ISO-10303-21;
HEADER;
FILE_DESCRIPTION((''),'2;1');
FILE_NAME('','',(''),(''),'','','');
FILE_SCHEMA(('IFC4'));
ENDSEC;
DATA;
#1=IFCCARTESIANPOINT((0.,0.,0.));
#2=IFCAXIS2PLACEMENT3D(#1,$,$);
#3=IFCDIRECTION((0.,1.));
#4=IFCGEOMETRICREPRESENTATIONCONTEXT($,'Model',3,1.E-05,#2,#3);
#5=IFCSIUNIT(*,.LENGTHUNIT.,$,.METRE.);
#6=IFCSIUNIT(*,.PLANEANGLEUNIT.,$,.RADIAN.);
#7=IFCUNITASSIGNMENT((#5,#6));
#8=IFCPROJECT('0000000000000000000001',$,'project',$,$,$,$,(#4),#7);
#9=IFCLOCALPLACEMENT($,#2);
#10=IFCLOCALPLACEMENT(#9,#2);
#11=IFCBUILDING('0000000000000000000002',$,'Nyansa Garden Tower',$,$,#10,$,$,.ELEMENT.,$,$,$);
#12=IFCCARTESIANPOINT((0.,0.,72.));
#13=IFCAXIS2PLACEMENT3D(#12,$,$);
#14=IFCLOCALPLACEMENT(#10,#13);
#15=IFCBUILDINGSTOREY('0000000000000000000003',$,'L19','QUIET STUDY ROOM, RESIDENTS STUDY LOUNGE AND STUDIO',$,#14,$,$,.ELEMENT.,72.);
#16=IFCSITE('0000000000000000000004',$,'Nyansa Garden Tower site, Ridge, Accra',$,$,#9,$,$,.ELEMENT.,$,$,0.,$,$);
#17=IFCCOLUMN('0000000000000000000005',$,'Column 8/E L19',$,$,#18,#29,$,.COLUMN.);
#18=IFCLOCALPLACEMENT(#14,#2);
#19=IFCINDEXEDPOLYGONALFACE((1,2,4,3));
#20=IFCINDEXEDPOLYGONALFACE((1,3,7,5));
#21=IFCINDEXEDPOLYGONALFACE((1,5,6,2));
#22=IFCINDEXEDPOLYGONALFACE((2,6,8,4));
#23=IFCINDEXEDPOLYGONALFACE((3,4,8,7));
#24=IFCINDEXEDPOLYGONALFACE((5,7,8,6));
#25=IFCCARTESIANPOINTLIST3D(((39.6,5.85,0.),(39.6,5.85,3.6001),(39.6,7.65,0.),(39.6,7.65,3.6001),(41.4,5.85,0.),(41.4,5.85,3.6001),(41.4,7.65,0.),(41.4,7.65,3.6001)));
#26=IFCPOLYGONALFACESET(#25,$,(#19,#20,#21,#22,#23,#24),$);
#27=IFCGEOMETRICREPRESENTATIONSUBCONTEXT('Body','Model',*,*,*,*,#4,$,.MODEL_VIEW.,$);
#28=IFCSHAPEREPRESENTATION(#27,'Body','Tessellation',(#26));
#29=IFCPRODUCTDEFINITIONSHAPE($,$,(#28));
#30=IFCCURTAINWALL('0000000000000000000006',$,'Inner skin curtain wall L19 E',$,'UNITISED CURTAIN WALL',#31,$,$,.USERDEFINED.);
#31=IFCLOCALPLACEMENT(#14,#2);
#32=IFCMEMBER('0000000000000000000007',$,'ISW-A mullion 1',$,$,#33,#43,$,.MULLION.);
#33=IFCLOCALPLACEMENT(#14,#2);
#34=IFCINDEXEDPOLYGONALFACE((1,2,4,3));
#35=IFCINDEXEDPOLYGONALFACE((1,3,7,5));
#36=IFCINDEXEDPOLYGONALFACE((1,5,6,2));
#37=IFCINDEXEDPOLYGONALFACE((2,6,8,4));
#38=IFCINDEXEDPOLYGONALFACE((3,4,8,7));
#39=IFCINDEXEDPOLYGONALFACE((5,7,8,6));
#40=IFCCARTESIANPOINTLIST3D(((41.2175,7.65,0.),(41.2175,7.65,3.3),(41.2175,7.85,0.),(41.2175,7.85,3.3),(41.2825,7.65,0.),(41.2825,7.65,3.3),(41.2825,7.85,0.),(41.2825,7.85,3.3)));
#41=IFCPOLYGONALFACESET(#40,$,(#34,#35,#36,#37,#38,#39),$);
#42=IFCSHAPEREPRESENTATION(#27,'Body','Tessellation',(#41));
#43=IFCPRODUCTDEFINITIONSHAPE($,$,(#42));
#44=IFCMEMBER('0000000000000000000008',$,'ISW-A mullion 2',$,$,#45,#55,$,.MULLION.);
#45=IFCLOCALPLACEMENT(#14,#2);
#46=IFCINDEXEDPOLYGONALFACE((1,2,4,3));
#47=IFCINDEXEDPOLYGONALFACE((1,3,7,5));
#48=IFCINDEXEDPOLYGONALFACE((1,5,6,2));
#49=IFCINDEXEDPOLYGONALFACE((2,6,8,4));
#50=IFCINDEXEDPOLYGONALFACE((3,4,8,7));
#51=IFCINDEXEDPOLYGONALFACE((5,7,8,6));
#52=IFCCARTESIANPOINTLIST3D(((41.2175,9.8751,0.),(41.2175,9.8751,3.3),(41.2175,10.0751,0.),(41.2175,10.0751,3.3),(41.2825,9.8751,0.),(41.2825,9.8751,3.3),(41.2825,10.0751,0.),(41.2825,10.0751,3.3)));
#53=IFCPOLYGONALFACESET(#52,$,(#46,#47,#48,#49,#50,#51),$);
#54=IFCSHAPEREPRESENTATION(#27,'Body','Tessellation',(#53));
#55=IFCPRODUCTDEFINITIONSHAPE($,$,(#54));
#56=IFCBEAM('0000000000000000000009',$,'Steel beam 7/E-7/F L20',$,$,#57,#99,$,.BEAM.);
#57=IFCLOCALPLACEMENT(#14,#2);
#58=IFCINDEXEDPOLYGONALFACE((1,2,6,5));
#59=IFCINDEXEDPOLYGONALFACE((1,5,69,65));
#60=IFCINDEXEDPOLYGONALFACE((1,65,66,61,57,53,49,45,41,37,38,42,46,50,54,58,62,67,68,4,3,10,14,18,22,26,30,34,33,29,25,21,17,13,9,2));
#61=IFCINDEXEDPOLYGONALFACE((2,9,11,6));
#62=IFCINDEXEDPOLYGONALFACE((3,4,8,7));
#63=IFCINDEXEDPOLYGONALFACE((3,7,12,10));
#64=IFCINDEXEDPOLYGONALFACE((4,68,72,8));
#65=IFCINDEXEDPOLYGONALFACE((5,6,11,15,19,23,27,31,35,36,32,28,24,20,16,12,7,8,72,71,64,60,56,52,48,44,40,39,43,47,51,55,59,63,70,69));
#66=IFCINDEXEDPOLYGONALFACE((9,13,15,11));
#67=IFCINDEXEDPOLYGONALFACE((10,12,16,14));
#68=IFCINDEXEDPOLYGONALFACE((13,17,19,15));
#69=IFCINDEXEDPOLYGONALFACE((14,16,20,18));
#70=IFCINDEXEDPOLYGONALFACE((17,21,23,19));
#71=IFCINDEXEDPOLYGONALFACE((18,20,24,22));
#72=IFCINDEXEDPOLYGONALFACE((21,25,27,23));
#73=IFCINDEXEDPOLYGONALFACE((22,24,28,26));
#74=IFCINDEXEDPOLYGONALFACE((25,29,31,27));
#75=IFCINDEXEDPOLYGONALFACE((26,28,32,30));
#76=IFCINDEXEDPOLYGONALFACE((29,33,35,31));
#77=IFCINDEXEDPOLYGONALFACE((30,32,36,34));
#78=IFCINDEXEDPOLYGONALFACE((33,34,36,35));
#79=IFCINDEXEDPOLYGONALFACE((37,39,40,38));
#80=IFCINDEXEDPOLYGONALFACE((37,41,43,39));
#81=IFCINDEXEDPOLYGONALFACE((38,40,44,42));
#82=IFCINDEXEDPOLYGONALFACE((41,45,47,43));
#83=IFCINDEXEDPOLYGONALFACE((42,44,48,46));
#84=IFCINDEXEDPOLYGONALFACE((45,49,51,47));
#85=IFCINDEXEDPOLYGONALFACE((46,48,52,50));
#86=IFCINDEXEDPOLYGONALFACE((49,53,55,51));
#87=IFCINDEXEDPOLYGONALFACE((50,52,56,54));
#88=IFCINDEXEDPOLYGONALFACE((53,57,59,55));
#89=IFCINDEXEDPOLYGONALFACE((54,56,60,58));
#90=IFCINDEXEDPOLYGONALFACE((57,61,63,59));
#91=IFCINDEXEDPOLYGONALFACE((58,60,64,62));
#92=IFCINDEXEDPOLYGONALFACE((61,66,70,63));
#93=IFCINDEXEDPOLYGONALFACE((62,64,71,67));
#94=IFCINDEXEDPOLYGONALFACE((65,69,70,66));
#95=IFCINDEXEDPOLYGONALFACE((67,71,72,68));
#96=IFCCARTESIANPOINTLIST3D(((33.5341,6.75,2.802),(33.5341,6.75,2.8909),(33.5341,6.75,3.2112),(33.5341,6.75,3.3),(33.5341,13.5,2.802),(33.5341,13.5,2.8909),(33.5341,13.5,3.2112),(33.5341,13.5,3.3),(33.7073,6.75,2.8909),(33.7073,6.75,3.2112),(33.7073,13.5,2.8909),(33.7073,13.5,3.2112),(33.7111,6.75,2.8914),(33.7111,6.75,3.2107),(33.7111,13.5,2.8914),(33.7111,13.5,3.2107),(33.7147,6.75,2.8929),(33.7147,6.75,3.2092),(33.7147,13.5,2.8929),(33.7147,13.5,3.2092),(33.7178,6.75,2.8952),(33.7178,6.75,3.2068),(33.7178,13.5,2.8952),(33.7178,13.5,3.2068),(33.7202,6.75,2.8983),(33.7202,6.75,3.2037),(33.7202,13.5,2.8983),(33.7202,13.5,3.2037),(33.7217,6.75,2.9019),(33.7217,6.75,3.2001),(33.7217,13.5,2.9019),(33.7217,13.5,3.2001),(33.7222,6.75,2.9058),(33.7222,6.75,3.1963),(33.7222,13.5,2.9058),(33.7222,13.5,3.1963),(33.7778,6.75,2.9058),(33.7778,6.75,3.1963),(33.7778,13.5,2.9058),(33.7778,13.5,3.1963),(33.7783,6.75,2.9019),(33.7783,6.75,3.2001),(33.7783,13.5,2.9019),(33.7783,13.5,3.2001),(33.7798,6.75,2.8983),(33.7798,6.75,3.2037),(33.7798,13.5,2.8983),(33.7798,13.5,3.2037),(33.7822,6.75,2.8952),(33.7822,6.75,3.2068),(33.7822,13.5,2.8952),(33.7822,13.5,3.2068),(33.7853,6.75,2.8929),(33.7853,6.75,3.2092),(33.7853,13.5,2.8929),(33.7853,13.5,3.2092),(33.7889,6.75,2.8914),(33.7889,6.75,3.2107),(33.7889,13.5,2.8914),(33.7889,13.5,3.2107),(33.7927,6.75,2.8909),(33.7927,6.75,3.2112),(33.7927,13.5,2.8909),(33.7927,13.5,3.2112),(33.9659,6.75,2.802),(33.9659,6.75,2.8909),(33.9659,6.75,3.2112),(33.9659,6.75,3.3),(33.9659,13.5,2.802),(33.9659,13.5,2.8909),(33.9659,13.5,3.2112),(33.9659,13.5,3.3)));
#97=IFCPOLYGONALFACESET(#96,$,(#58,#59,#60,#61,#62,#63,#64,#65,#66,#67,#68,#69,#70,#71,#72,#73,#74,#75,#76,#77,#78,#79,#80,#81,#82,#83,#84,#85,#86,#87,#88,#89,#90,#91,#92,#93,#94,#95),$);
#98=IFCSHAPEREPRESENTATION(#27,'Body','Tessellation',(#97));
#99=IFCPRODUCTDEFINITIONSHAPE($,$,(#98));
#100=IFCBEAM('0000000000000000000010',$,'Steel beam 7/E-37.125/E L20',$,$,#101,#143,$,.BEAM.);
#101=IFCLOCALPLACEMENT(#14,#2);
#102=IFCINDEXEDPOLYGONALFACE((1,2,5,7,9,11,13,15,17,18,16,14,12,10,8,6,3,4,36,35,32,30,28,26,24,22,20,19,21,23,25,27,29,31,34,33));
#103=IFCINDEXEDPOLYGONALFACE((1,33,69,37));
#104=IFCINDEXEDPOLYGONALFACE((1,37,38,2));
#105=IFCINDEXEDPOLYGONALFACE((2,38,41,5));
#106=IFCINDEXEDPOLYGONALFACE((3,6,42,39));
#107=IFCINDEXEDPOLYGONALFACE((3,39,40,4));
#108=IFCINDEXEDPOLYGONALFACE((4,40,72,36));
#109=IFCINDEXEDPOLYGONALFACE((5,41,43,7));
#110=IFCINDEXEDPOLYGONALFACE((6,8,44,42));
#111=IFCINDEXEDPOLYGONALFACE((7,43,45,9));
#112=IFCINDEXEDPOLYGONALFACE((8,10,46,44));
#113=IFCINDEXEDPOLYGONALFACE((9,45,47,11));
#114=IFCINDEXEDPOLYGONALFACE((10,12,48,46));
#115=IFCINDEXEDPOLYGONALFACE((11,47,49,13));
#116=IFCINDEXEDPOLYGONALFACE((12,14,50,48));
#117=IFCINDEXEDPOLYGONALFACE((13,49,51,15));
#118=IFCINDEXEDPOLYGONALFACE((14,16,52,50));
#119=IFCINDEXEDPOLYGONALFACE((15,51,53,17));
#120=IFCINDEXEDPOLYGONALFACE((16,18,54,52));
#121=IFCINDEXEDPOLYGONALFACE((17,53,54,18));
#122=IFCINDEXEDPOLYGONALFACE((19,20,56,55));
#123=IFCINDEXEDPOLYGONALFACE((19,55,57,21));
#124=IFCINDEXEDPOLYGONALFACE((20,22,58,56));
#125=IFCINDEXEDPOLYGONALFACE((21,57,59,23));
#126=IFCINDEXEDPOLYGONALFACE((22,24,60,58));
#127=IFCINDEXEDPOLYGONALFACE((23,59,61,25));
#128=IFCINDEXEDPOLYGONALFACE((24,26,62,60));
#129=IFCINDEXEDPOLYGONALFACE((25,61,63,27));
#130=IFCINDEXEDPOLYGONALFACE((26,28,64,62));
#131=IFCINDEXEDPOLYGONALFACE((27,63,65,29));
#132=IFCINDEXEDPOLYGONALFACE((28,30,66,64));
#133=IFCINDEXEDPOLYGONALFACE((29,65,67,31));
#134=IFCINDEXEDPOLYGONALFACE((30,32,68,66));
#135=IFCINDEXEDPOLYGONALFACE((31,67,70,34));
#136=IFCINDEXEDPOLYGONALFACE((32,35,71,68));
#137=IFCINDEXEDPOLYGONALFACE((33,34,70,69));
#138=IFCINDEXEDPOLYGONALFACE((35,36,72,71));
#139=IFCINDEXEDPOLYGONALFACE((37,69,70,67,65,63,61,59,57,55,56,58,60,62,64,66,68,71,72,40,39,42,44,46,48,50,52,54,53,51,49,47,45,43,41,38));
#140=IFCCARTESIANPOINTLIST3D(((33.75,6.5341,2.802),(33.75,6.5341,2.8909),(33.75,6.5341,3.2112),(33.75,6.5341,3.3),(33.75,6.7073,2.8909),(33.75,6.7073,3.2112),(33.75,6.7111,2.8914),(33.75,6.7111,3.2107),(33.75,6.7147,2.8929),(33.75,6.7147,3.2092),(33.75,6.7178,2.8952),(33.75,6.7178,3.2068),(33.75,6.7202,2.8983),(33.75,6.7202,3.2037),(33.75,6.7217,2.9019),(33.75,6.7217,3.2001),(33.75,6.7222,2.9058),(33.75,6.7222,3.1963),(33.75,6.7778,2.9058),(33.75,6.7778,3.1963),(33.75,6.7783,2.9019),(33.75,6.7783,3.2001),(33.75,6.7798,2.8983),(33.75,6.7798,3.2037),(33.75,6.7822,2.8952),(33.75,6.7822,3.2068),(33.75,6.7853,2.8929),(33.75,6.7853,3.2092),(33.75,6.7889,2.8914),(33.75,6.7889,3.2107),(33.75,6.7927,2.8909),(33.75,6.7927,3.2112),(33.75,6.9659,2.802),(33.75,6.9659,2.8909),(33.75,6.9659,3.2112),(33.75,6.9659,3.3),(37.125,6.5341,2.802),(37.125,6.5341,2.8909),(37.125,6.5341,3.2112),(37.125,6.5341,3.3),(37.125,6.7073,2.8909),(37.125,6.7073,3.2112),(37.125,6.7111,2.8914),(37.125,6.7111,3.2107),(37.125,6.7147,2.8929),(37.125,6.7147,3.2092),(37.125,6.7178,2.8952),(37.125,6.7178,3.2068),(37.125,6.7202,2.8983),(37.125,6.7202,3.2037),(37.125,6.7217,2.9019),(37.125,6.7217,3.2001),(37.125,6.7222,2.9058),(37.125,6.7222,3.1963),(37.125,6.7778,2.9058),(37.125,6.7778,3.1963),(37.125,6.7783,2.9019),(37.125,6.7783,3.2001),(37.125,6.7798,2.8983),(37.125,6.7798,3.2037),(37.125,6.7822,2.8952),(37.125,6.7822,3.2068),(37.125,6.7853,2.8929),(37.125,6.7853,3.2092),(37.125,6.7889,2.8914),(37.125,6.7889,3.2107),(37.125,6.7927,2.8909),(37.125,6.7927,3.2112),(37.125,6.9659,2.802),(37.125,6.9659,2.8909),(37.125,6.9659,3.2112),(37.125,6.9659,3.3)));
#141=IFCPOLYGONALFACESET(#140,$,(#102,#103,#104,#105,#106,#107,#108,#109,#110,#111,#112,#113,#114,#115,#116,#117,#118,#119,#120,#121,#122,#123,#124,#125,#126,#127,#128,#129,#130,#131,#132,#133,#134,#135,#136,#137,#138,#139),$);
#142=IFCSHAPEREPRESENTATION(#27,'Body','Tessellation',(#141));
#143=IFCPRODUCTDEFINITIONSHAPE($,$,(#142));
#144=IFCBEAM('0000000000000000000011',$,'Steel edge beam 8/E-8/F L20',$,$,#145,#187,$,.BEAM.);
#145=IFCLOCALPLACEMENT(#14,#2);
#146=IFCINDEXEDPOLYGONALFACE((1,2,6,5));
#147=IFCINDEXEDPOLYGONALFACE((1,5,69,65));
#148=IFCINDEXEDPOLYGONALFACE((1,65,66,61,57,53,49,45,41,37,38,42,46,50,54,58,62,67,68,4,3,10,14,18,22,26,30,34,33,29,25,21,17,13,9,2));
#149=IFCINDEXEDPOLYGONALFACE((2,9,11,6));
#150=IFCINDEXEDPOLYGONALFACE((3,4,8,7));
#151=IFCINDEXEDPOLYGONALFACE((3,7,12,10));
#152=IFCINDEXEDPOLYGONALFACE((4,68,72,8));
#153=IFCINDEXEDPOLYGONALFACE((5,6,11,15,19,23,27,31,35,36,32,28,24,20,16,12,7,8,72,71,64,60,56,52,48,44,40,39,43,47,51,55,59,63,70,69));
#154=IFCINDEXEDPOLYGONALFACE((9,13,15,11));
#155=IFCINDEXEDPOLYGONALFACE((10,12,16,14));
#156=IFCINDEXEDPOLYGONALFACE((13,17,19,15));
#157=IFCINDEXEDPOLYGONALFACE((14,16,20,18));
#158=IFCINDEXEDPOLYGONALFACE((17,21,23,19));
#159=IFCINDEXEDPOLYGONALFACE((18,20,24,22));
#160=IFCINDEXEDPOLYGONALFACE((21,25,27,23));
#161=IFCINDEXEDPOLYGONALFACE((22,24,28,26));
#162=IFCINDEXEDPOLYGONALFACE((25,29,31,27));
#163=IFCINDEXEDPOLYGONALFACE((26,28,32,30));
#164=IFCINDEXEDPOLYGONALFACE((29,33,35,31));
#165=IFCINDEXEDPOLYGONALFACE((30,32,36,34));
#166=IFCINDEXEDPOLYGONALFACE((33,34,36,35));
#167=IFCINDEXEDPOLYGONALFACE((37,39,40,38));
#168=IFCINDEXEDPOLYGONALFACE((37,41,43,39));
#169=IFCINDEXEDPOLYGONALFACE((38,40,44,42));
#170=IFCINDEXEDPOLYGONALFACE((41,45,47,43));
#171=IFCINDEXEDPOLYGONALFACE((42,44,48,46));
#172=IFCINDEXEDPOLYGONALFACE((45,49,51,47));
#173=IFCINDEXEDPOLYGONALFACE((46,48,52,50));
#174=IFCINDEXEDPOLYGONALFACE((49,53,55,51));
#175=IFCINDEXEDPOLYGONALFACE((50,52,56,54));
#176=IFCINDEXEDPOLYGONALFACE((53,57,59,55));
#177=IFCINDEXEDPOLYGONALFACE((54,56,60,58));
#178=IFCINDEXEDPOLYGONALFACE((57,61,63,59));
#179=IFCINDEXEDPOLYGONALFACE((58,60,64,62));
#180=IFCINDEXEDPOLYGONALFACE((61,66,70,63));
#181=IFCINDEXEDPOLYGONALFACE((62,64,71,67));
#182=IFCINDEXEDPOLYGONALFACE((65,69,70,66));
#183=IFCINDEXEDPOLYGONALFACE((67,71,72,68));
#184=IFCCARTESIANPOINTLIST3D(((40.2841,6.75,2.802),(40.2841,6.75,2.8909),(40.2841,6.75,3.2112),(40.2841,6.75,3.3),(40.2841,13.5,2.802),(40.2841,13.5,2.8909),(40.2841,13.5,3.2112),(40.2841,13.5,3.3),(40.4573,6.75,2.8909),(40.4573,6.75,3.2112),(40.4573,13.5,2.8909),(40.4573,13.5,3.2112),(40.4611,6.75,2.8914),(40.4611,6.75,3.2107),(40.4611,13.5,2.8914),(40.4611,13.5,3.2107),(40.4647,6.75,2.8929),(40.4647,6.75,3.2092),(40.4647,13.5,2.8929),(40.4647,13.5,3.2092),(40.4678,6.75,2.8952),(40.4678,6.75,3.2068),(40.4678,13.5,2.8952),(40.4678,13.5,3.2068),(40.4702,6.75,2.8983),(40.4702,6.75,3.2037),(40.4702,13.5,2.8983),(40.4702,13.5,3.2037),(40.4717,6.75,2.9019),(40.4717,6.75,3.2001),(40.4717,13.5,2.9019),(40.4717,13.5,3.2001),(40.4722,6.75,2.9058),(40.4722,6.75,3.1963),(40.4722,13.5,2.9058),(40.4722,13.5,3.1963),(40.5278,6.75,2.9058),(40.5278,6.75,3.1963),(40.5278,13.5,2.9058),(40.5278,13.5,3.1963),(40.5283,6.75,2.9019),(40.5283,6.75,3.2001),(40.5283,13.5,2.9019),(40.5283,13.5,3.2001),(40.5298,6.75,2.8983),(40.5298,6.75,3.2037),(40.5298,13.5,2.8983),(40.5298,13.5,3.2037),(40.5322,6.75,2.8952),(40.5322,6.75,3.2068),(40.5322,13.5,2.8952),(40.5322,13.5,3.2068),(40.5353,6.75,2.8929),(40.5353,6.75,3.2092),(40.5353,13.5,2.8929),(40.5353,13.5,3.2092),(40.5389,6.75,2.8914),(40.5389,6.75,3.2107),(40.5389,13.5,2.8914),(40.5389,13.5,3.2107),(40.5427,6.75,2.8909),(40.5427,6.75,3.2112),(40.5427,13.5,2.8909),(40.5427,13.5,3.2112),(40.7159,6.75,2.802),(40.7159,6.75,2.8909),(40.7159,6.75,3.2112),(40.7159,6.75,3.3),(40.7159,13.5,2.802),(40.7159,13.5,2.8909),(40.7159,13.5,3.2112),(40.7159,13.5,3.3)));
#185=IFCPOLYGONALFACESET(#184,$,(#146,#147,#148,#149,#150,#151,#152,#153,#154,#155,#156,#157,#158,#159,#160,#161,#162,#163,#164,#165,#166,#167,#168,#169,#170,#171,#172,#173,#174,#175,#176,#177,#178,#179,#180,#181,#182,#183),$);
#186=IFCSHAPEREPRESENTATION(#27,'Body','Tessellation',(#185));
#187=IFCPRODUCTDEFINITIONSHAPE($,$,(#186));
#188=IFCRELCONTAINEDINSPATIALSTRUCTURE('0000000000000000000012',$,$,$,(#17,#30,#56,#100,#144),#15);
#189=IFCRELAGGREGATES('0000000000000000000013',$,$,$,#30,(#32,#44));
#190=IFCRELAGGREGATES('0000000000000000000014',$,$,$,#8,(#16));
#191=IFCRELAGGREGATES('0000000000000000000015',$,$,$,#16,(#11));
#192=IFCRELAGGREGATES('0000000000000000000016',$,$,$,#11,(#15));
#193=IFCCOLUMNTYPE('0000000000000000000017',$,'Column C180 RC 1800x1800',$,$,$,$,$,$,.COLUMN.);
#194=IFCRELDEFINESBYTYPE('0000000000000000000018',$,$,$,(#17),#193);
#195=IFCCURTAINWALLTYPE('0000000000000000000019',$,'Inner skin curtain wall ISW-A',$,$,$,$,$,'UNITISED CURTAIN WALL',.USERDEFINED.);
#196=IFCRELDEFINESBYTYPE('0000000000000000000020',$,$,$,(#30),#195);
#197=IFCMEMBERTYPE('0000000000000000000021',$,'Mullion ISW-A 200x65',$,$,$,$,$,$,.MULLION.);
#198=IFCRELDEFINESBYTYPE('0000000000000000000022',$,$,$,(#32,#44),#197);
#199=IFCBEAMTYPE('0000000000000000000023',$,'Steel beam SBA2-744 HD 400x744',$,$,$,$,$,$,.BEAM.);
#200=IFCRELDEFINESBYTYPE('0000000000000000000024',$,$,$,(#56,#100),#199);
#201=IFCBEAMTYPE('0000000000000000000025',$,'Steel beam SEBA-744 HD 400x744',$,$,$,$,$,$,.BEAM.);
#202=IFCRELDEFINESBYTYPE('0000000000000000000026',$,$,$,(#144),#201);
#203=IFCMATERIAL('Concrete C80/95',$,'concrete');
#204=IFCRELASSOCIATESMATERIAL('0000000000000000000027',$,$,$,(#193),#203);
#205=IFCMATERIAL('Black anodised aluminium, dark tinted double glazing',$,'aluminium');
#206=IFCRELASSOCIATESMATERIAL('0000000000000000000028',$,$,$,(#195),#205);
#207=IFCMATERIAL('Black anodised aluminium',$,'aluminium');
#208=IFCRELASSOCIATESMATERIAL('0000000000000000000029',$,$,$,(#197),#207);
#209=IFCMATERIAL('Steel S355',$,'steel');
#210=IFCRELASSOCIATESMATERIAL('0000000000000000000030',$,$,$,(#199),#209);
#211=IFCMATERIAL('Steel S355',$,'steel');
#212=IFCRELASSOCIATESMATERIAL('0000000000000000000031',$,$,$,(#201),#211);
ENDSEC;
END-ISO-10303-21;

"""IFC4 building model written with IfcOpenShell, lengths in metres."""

from ifc_helpers import new_model, si_unit, direction, frame, origin, origin_2d, place, context, subcontext, project, spatial, rectangle, i_section, extrude, material, material_profile, profile_set, type_object, element, aggregate, save


model = new_model("IFC4")

# Units and contexts
model_context = context("Model", 3, precision=1e-05, world=origin(), true_north=direction((0.0, 1.0)))
body_context = subcontext(model_context, "Body", "Model", "MODEL_VIEW")
ifc_project = project(units=[si_unit("LENGTHUNIT", "METRE"), si_unit("PLANEANGLEUNIT", "RADIAN")], contexts=[model_context])

# Site, building, storey
site_placement = place(None, origin())
site = spatial("IfcSite", under=ifc_project, at=site_placement, Name="Nyansa Garden Tower site, Ridge, Accra", CompositionType="ELEMENT", RefElevation=0.0)
building_placement = place(site_placement, origin())
building = spatial("IfcBuilding", under=site, at=building_placement, Name="Nyansa Garden Tower", CompositionType="ELEMENT")
storey_placement = place(building_placement, frame((0.0, 0.0, 72.0)))
storey = spatial("IfcBuildingStorey", under=building, at=storey_placement, Name="L19", Description="QUIET STUDY ROOM, RESIDENTS STUDY LOUNGE AND STUDIO", CompositionType="ELEMENT", Elevation=72.0)

# Column
ifc_material_1 = material(Name="Concrete C80/95", Category="concrete")
ifc_material_profile_1 = material_profile(ifc_material_1, rectangle(XDim=1.8, YDim=1.8, at=origin_2d()), Name="RC 1800x1800")
ifc_profile_set_1 = profile_set([ifc_material_profile_1], Name="Concrete C80/95")
column_type = type_object("IfcColumnType", Name="Column C180 RC 1800x1800", PredefinedType="COLUMN", material=ifc_profile_set_1)
column_placement = place(storey_placement, frame((40.5, 6.75, 0.0), z_axis=(0.0, 0.0, 1.0), x_axis=(1.0, 0.0, 0.0)))
element("IfcColumn", 1, at=column_placement, inside=storey, type_object=column_type, Name="Column 8/E L19", PredefinedType="COLUMN", context=body_context, shape_type="SweptSolid", body=[
    extrude(rectangle(XDim=1.8, YDim=1.8, at=origin_2d()), origin(), (0.0, 0.0, 1.0), 3.6001),
])

# Curtain wall, members
ifc_material_2 = material(Name="Black anodised aluminium, dark tinted double glazing", Category="aluminium")
curtain_wall_type = type_object("IfcCurtainWallType", Name="Inner skin curtain wall ISW-A", ElementType="UNITISED CURTAIN WALL", PredefinedType="USERDEFINED", material=ifc_material_2)
curtain_wall_placement = place(storey_placement, origin())
curtain_wall = element("IfcCurtainWall", 2, at=curtain_wall_placement, inside=storey, type_object=curtain_wall_type, Name="Inner skin curtain wall L19 E", ObjectType="UNITISED CURTAIN WALL", PredefinedType="USERDEFINED")
ifc_material_3 = material(Name="Black anodised aluminium", Category="aluminium")
ifc_material_profile_2 = material_profile(ifc_material_3, rectangle(XDim=0.0649, YDim=0.2, at=origin_2d()), Name="Mullion 200x65")
ifc_profile_set_2 = profile_set([ifc_material_profile_2], Name="Black anodised aluminium")
member_type_1 = type_object("IfcMemberType", Name="Mullion ISW-A 200x65", PredefinedType="MULLION", material=ifc_profile_set_2)
member_1_placement = place(storey_placement, frame((41.25, 7.75, 0.0), z_axis=(0.0, 0.0, 1.0), x_axis=(-1.0, 0.0, 0.0)))
member_1 = element("IfcMember", 3, at=member_1_placement, type_object=member_type_1, Name="ISW-A mullion 1", PredefinedType="MULLION", context=body_context, shape_type="SweptSolid", body=[
    extrude(rectangle(XDim=0.0649, YDim=0.2, at=origin_2d()), origin(), (0.0, 0.0, 1.0), 3.3),
])
member_2_placement = place(storey_placement, frame((41.25, 9.9751, 0.0), z_axis=(0.0, 0.0, 1.0), x_axis=(-1.0, 0.0, 0.0)))
member_2 = element("IfcMember", 4, at=member_2_placement, type_object=member_type_1, Name="ISW-A mullion 2", PredefinedType="MULLION", context=body_context, shape_type="SweptSolid", body=[
    extrude(rectangle(XDim=0.0649, YDim=0.2, at=origin_2d()), origin(), (0.0, 0.0, 1.0), 3.3),
])

# Beams
ifc_material_4 = material(Name="Steel S355", Category="steel")
ifc_material_profile_3 = material_profile(ifc_material_4, i_section(OverallWidth=0.4319, OverallDepth=0.498, WebThickness=0.0557, FlangeThickness=0.0889, FilletRadius=0.0149, at=origin_2d()), Name="HD 400x744")
ifc_profile_set_3 = profile_set([ifc_material_profile_3], Name="Steel S355")
beam_type_1 = type_object("IfcBeamType", Name="Steel beam SBA2-744 HD 400x744", PredefinedType="BEAM", material=ifc_profile_set_3)
beam_1_placement = place(storey_placement, frame((33.75, 6.75, 3.051), z_axis=(0.0, 1.0, 0.0), x_axis=(-1.0, 0.0, 0.0)))
element("IfcBeam", 5, at=beam_1_placement, inside=storey, type_object=beam_type_1, Name="Steel beam 7/E-7/F L20", PredefinedType="BEAM", context=body_context, shape_type="SweptSolid", body=[
    extrude(i_section(OverallWidth=0.4319, OverallDepth=0.498, WebThickness=0.0557, FlangeThickness=0.0889, FilletRadius=0.0149, at=origin_2d()), origin(), (0.0, 0.0, 1.0), 6.75),
])
beam_2_placement = place(storey_placement, frame((33.75, 6.75, 3.051), z_axis=(1.0, 0.0, 0.0), x_axis=(0.0, 1.0, 0.0)))
element("IfcBeam", 6, at=beam_2_placement, inside=storey, type_object=beam_type_1, Name="Steel beam 7/E-37.125/E L20", PredefinedType="BEAM", context=body_context, shape_type="SweptSolid", body=[
    extrude(i_section(OverallWidth=0.4319, OverallDepth=0.498, WebThickness=0.0557, FlangeThickness=0.0889, FilletRadius=0.0149, at=origin_2d()), origin(), (0.0, 0.0, 1.0), 3.375),
])
ifc_material_5 = material(Name="Steel S355", Category="steel")
ifc_material_profile_4 = material_profile(ifc_material_5, i_section(OverallWidth=0.4319, OverallDepth=0.498, WebThickness=0.0557, FlangeThickness=0.0889, FilletRadius=0.0149, at=origin_2d()), Name="HD 400x744")
ifc_profile_set_4 = profile_set([ifc_material_profile_4], Name="Steel S355")
beam_type_2 = type_object("IfcBeamType", Name="Steel beam SEBA-744 HD 400x744", PredefinedType="BEAM", material=ifc_profile_set_4)
beam_3_placement = place(storey_placement, frame((40.5, 6.75, 3.051), z_axis=(0.0, 1.0, 0.0), x_axis=(-1.0, 0.0, 0.0)))
element("IfcBeam", 7, at=beam_3_placement, inside=storey, type_object=beam_type_2, Name="Steel edge beam 8/E-8/F L20", PredefinedType="BEAM", context=body_context, shape_type="SweptSolid", body=[
    extrude(i_section(OverallWidth=0.4319, OverallDepth=0.498, WebThickness=0.0557, FlangeThickness=0.0889, FilletRadius=0.0149, at=origin_2d()), origin(), (0.0, 0.0, 1.0), 6.75),
])

aggregate(curtain_wall, [member_1, member_2])

save(model, "model.ifc")
